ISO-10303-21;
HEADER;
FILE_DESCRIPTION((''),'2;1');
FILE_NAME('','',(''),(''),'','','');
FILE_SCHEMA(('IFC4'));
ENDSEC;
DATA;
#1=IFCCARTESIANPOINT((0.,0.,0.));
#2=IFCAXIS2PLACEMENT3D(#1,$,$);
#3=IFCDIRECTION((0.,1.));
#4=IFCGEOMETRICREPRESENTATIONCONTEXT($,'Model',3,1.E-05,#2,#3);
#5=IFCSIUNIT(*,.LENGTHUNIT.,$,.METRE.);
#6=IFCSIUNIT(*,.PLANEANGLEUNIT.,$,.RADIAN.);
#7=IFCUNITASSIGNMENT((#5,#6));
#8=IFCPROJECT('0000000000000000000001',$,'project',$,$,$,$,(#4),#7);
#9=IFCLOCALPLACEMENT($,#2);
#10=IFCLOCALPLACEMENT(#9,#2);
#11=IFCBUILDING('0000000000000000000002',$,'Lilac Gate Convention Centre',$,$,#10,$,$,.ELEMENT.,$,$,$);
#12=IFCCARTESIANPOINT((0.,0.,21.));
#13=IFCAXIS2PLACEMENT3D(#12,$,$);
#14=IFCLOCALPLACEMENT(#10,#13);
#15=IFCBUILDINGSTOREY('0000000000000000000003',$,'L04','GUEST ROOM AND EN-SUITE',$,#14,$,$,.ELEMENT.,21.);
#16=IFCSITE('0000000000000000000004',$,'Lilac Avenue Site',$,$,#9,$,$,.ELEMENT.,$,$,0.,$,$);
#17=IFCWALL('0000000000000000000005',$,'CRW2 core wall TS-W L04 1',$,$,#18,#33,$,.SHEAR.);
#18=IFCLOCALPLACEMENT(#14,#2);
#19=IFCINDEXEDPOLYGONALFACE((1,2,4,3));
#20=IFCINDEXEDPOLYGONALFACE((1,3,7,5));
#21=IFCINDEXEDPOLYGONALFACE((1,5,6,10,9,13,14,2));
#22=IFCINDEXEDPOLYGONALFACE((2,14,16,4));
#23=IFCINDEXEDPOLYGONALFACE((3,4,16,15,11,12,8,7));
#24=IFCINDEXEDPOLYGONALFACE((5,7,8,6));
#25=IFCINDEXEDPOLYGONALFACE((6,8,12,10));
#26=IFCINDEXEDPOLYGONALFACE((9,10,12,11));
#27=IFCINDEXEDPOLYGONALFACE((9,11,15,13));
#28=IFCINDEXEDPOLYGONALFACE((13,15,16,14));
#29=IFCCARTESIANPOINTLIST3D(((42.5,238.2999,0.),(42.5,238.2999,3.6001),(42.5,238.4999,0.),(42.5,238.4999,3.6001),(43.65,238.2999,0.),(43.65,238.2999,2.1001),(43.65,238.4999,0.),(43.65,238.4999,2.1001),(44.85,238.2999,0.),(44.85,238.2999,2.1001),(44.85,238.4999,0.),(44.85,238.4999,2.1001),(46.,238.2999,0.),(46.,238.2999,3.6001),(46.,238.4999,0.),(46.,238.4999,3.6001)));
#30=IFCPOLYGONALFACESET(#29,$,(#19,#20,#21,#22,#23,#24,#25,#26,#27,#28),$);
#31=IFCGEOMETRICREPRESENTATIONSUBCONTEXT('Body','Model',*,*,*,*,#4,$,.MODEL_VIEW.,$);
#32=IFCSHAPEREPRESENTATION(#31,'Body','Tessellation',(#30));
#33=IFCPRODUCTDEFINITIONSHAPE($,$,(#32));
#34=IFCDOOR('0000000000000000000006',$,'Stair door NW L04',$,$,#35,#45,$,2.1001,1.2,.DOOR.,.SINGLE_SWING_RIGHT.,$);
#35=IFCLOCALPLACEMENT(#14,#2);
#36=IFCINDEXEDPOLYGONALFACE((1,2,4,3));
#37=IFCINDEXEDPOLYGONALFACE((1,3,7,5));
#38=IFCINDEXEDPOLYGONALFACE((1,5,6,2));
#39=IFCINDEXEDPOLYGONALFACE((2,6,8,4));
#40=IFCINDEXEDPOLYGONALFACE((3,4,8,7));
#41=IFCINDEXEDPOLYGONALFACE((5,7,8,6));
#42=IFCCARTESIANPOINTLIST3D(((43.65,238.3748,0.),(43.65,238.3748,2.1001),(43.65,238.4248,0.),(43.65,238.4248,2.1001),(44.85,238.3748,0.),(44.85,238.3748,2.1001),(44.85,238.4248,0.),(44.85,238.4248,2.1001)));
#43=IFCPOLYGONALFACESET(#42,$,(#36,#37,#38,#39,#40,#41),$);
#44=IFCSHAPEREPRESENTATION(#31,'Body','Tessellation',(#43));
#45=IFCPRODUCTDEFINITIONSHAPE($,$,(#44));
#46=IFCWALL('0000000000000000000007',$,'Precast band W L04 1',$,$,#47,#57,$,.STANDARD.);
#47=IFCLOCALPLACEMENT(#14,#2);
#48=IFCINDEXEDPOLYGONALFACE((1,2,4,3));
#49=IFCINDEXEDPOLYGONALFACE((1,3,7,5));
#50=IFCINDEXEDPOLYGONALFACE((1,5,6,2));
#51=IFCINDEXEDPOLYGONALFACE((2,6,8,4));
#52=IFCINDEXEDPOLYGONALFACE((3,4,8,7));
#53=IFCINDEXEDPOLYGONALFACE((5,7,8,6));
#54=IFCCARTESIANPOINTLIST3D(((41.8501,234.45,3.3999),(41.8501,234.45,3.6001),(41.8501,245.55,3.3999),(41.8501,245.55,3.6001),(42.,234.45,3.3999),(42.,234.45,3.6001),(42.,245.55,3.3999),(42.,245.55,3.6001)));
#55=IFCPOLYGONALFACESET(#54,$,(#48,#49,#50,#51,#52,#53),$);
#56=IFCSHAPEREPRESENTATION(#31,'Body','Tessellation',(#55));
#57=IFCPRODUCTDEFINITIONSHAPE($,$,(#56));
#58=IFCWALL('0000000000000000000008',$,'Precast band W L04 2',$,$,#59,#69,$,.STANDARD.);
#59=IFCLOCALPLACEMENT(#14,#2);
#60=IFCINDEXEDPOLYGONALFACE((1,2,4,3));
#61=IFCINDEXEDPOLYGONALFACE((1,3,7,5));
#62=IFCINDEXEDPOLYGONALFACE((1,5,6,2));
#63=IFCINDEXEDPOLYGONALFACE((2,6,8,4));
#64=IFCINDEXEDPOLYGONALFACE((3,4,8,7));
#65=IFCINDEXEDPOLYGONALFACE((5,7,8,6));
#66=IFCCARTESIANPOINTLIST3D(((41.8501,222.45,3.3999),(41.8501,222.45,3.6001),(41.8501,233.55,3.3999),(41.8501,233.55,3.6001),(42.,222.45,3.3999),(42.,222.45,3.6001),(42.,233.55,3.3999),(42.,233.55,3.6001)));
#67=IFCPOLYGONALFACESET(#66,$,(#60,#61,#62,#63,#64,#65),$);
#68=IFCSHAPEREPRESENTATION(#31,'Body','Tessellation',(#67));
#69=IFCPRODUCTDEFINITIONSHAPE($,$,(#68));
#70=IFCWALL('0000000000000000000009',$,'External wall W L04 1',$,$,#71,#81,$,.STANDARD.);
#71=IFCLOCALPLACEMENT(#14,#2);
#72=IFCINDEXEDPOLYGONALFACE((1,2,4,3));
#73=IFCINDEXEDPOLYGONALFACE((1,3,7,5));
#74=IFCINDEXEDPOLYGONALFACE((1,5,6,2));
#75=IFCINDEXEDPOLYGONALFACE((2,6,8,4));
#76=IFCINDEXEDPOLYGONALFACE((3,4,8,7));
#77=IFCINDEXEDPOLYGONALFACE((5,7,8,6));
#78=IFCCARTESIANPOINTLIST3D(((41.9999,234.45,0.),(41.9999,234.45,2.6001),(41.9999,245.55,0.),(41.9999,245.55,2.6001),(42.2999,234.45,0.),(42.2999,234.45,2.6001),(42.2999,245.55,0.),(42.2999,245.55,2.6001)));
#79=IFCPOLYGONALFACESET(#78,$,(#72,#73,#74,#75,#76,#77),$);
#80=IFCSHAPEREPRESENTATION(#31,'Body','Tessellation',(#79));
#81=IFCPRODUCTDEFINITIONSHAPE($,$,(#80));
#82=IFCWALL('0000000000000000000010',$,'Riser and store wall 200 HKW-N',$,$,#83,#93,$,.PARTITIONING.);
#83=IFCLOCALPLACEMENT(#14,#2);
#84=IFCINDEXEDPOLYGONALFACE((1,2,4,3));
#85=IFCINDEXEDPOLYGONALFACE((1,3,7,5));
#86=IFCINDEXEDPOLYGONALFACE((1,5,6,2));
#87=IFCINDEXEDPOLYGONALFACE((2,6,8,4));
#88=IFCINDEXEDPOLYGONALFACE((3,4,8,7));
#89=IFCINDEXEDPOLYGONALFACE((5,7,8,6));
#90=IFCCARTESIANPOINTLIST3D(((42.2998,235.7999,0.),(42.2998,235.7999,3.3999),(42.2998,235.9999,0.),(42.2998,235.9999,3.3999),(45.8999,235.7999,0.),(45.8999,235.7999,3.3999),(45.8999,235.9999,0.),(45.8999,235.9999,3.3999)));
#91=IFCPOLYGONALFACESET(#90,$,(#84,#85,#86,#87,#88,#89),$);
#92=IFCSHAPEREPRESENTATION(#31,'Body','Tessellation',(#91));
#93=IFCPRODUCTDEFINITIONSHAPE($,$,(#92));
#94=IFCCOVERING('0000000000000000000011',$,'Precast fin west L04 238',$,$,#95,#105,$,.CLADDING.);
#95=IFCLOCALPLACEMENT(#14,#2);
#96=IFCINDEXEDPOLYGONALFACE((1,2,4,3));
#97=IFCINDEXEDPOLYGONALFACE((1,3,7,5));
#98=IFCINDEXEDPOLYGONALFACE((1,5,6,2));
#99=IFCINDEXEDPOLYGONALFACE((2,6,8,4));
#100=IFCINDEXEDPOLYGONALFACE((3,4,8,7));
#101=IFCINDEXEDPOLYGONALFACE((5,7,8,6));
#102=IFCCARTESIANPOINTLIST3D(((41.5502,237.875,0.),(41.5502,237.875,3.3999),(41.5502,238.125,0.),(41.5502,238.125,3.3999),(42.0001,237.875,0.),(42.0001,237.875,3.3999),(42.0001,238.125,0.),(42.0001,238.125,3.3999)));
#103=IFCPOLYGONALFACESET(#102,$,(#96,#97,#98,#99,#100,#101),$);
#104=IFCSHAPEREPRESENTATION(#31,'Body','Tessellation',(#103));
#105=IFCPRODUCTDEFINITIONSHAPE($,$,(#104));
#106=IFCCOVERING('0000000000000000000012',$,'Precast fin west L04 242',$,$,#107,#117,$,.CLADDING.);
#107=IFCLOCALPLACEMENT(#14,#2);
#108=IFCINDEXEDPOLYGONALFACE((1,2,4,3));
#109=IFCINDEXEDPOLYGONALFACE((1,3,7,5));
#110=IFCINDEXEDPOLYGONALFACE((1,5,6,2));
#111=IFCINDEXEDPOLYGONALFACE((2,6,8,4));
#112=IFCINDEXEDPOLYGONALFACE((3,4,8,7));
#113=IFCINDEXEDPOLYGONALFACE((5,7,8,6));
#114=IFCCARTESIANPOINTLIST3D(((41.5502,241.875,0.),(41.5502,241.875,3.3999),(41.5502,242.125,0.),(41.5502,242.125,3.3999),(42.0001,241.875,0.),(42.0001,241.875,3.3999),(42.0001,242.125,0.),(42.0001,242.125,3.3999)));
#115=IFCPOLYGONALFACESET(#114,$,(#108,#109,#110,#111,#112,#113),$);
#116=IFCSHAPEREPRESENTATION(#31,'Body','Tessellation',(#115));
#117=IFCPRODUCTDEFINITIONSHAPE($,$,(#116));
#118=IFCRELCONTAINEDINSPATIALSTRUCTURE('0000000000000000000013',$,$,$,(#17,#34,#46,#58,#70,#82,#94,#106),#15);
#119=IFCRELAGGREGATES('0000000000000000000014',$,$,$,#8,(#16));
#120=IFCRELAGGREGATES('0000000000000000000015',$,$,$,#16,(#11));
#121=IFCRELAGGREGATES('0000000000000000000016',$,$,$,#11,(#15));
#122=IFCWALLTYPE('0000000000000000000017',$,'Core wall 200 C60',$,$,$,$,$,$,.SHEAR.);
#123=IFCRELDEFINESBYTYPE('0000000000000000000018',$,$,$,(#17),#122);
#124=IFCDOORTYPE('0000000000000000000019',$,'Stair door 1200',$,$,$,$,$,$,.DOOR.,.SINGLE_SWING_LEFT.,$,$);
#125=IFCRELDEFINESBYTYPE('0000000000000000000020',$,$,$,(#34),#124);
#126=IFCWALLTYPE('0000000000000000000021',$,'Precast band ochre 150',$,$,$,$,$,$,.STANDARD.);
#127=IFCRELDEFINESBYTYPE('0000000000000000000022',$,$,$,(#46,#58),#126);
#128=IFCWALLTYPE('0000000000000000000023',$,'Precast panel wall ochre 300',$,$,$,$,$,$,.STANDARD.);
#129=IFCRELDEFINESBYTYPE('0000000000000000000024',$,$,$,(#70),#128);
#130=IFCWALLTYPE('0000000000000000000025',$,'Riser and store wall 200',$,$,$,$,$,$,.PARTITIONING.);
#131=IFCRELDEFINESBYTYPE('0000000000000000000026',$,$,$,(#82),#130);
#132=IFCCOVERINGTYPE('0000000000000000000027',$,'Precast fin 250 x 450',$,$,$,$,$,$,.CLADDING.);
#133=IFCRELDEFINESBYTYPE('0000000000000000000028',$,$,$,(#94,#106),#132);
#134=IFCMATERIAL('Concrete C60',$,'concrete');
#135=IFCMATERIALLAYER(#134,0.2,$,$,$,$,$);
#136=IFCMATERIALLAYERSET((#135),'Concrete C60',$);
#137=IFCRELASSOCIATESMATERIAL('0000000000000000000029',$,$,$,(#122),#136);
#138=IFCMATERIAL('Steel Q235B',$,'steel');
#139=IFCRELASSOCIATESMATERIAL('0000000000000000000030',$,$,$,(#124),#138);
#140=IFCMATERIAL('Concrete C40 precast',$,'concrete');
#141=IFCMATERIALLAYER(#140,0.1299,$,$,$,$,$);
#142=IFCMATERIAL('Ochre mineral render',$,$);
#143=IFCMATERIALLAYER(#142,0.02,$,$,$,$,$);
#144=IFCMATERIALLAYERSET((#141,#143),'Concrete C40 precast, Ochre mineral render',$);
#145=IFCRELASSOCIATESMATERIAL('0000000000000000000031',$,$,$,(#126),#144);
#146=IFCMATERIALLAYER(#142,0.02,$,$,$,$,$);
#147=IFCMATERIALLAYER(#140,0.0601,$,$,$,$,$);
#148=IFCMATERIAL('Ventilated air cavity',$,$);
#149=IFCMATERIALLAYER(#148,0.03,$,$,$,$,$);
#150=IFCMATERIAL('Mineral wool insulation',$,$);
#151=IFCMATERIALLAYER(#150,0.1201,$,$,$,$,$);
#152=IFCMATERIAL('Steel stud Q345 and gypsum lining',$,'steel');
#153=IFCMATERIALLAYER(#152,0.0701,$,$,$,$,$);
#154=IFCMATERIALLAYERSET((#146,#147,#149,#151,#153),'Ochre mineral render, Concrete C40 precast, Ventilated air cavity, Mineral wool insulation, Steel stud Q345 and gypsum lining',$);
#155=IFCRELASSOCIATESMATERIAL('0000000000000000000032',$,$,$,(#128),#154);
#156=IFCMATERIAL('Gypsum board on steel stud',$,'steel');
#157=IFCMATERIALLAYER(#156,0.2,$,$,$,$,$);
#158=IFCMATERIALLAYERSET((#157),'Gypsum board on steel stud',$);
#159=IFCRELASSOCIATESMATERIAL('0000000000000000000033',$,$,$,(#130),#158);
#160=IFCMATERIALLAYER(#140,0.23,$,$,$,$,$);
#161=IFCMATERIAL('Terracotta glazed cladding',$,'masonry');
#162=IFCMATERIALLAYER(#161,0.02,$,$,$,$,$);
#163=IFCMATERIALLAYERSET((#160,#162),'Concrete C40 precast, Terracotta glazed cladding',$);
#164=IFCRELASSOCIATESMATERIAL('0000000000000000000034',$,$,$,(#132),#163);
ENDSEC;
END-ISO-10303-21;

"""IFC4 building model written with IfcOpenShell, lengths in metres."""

from ifc_helpers import new_model, si_unit, direction, frame, frame_2d, origin, place, context, subcontext, project, spatial, rectangle, extrude, material, layer, layer_set, type_object, element, fill, save


model = new_model("IFC4")

# Units and contexts
model_context = context("Model", 3, precision=1e-05, world=origin(), true_north=direction((0.0, 1.0)))
body_context = subcontext(model_context, "Body", "Model", "MODEL_VIEW")
ifc_project = project(units=[si_unit("LENGTHUNIT", "METRE"), si_unit("PLANEANGLEUNIT", "RADIAN")], contexts=[model_context])

# Site, building, storey
site_placement = place(None, origin())
site = spatial("IfcSite", under=ifc_project, at=site_placement, Name="Lilac Avenue Site", CompositionType="ELEMENT", RefElevation=0.0)
building_placement = place(site_placement, origin())
building = spatial("IfcBuilding", under=site, at=building_placement, Name="Lilac Gate Convention Centre", CompositionType="ELEMENT")
storey_placement = place(building_placement, frame((0.0, 0.0, 21.0)))
storey = spatial("IfcBuildingStorey", under=building, at=storey_placement, Name="L04", Description="GUEST ROOM AND EN-SUITE", CompositionType="ELEMENT", Elevation=21.0)

# Shared definitions
ifc_material_1 = material(Name="Concrete C60", Category="concrete")

# Wall, opening, door
ifc_layer_1 = layer(ifc_material_1, 0.2)
ifc_layer_set_1 = layer_set([ifc_layer_1], Name="Concrete C60")
wall_type_1 = type_object("IfcWallType", Name="Core wall 200 C60", PredefinedType="SHEAR", material=ifc_layer_set_1)
wall_1_placement = place(storey_placement, frame((42.5, 238.3999, 0.0), z_axis=(0.0, 0.0, 1.0), x_axis=(1.0, 0.0, 0.0)))
wall_1 = element("IfcWall", 1, at=wall_1_placement, inside=storey, type_object=wall_type_1, Name="CRW2 core wall TS-W L04 1", PredefinedType="SHEAR", context=body_context, shape_type="SweptSolid", body=[
    extrude(rectangle(XDim=3.5, YDim=0.2, at=frame_2d((1.75, 0.0))), origin(), (0.0, 0.0, 1.0), 3.6001),
])
opening_placement = place(wall_1_placement, frame((1.1499, 0.0, 0.0)))
opening = element("IfcOpeningElement", 2, at=opening_placement, cuts=wall_1, PredefinedType="OPENING", context=body_context, shape_type="SweptSolid", body=[
    extrude(rectangle(XDim=1.2, YDim=2.1001, at=frame_2d((0.6001, 1.05))), frame((0.0, 0.1099, 0.0), z_axis=(0.0, -1.0, 0.0), x_axis=(1.0, 0.0, 0.0)), (0.0, 0.0, 1.0), 0.22),
])
ifc_material_2 = material(Name="Steel Q235B", Category="steel")
door_type = type_object("IfcDoorType", Name="Stair door 1200", OperationType="SINGLE_SWING_LEFT", PredefinedType="DOOR", material=ifc_material_2)
door_placement = place(opening_placement, origin())
door = element("IfcDoor", 3, at=door_placement, inside=storey, type_object=door_type, Name="Stair door NW L04", OperationType="SINGLE_SWING_RIGHT", OverallHeight=2.1001, OverallWidth=1.2, PredefinedType="DOOR", context=body_context, shape_type="SweptSolid", body=[
    extrude(rectangle(XDim=1.2, YDim=2.1001, at=frame_2d((0.6001, 1.05))), frame((0.0, 0.0249, 0.0), z_axis=(0.0, -1.0, 0.0), x_axis=(1.0, 0.0, 0.0)), (0.0, 0.0, 1.0), 0.05),
])
fill(opening, door)

# Walls
ifc_material_3 = material(Name="Concrete C40 precast", Category="concrete")
ifc_layer_2 = layer(ifc_material_3, 0.1299)
ifc_material_4 = material(Name="Ochre mineral render")
ifc_layer_3 = layer(ifc_material_4, 0.02)
ifc_layer_set_2 = layer_set([ifc_layer_2, ifc_layer_3], Name="Concrete C40 precast, Ochre mineral render")
wall_type_2 = type_object("IfcWallType", Name="Precast band ochre 150", PredefinedType="STANDARD", material=ifc_layer_set_2)
for number, where, z_axis, x_axis, name in (
    (4, (41.925, 245.55, 3.3999), (0.0, 0.0, 1.0), (0.0, -1.0, 0.0), "Precast band W L04 1"),
    (5, (41.925, 233.55, 3.3999), (0.0, 0.0, 1.0), (0.0, -1.0, 0.0), "Precast band W L04 2"),
):
    element("IfcWall", number, at=place(storey_placement, frame(where, z_axis=z_axis, x_axis=x_axis)), inside=storey, type_object=wall_type_2, Name=name, PredefinedType="STANDARD", context=body_context, shape_type="SweptSolid", body=[
        extrude(rectangle(XDim=11.1001, YDim=0.1499, at=frame_2d((5.55, 0.0))), origin(), (0.0, 0.0, 1.0), 0.2002),
    ])
ifc_layer_4 = layer(ifc_material_4, 0.02)
ifc_layer_5 = layer(ifc_material_3, 0.0601)
ifc_material_5 = material(Name="Ventilated air cavity")
ifc_layer_6 = layer(ifc_material_5, 0.03)
ifc_material_6 = material(Name="Mineral wool insulation")
ifc_layer_7 = layer(ifc_material_6, 0.1201)
ifc_material_7 = material(Name="Steel stud Q345 and gypsum lining", Category="steel")
ifc_layer_8 = layer(ifc_material_7, 0.0701)
ifc_layer_set_3 = layer_set([ifc_layer_4, ifc_layer_5, ifc_layer_6, ifc_layer_7, ifc_layer_8], Name="Ochre mineral render, Concrete C40 precast, Ventilated air cavity, Mineral wool insulation, Steel stud Q345 and gypsum lining")
wall_type_3 = type_object("IfcWallType", Name="Precast panel wall ochre 300", PredefinedType="STANDARD", material=ifc_layer_set_3)
wall_2_placement = place(storey_placement, frame((42.1499, 245.55, 0.0), z_axis=(0.0, 0.0, 1.0), x_axis=(0.0, -1.0, 0.0)))
element("IfcWall", 6, at=wall_2_placement, inside=storey, type_object=wall_type_3, Name="External wall W L04 1", PredefinedType="STANDARD", context=body_context, shape_type="SweptSolid", body=[
    extrude(rectangle(XDim=11.1001, YDim=0.3, at=frame_2d((5.55, 0.0))), origin(), (0.0, 0.0, 1.0), 2.6001),
])
ifc_material_8 = material(Name="Gypsum board on steel stud", Category="steel")
ifc_layer_9 = layer(ifc_material_8, 0.2)
ifc_layer_set_4 = layer_set([ifc_layer_9], Name="Gypsum board on steel stud")
wall_type_4 = type_object("IfcWallType", Name="Riser and store wall 200", PredefinedType="PARTITIONING", material=ifc_layer_set_4)
wall_3_placement = place(storey_placement, frame((42.2998, 235.8999, 0.0), z_axis=(0.0, 0.0, 1.0), x_axis=(1.0, 0.0, 0.0)))
element("IfcWall", 7, at=wall_3_placement, inside=storey, type_object=wall_type_4, Name="Riser and store wall 200 HKW-N", PredefinedType="PARTITIONING", context=body_context, shape_type="SweptSolid", body=[
    extrude(rectangle(XDim=3.6001, YDim=0.2, at=frame_2d((1.8, 0.0))), origin(), (0.0, 0.0, 1.0), 3.3999),
])

# Coverings
ifc_layer_10 = layer(ifc_material_3, 0.23)
ifc_material_9 = material(Name="Terracotta glazed cladding", Category="masonry")
ifc_layer_11 = layer(ifc_material_9, 0.02)
ifc_layer_set_5 = layer_set([ifc_layer_10, ifc_layer_11], Name="Concrete C40 precast, Terracotta glazed cladding")
covering_type = type_object("IfcCoveringType", Name="Precast fin 250 x 450", PredefinedType="CLADDING", material=ifc_layer_set_5)
for number, where, z_axis, x_axis, name in (
    (8, (41.55, 238.0, 0.0), (0.0, 0.0, 1.0), (1.0, 0.0, 0.0), "Precast fin west L04 238"),
    (9, (41.55, 242.0, 0.0), (0.0, 0.0, 1.0), (1.0, 0.0, 0.0), "Precast fin west L04 242"),
):
    element("IfcCovering", number, at=place(storey_placement, frame(where, z_axis=z_axis, x_axis=x_axis)), inside=storey, type_object=covering_type, Name=name, PredefinedType="CLADDING", context=body_context, shape_type="SweptSolid", body=[
        extrude(rectangle(XDim=0.45, YDim=0.25, at=frame_2d((0.2251, 0.0))), origin(), (0.0, 0.0, 1.0), 3.3999),
    ])

save(model, "model.ifc")
